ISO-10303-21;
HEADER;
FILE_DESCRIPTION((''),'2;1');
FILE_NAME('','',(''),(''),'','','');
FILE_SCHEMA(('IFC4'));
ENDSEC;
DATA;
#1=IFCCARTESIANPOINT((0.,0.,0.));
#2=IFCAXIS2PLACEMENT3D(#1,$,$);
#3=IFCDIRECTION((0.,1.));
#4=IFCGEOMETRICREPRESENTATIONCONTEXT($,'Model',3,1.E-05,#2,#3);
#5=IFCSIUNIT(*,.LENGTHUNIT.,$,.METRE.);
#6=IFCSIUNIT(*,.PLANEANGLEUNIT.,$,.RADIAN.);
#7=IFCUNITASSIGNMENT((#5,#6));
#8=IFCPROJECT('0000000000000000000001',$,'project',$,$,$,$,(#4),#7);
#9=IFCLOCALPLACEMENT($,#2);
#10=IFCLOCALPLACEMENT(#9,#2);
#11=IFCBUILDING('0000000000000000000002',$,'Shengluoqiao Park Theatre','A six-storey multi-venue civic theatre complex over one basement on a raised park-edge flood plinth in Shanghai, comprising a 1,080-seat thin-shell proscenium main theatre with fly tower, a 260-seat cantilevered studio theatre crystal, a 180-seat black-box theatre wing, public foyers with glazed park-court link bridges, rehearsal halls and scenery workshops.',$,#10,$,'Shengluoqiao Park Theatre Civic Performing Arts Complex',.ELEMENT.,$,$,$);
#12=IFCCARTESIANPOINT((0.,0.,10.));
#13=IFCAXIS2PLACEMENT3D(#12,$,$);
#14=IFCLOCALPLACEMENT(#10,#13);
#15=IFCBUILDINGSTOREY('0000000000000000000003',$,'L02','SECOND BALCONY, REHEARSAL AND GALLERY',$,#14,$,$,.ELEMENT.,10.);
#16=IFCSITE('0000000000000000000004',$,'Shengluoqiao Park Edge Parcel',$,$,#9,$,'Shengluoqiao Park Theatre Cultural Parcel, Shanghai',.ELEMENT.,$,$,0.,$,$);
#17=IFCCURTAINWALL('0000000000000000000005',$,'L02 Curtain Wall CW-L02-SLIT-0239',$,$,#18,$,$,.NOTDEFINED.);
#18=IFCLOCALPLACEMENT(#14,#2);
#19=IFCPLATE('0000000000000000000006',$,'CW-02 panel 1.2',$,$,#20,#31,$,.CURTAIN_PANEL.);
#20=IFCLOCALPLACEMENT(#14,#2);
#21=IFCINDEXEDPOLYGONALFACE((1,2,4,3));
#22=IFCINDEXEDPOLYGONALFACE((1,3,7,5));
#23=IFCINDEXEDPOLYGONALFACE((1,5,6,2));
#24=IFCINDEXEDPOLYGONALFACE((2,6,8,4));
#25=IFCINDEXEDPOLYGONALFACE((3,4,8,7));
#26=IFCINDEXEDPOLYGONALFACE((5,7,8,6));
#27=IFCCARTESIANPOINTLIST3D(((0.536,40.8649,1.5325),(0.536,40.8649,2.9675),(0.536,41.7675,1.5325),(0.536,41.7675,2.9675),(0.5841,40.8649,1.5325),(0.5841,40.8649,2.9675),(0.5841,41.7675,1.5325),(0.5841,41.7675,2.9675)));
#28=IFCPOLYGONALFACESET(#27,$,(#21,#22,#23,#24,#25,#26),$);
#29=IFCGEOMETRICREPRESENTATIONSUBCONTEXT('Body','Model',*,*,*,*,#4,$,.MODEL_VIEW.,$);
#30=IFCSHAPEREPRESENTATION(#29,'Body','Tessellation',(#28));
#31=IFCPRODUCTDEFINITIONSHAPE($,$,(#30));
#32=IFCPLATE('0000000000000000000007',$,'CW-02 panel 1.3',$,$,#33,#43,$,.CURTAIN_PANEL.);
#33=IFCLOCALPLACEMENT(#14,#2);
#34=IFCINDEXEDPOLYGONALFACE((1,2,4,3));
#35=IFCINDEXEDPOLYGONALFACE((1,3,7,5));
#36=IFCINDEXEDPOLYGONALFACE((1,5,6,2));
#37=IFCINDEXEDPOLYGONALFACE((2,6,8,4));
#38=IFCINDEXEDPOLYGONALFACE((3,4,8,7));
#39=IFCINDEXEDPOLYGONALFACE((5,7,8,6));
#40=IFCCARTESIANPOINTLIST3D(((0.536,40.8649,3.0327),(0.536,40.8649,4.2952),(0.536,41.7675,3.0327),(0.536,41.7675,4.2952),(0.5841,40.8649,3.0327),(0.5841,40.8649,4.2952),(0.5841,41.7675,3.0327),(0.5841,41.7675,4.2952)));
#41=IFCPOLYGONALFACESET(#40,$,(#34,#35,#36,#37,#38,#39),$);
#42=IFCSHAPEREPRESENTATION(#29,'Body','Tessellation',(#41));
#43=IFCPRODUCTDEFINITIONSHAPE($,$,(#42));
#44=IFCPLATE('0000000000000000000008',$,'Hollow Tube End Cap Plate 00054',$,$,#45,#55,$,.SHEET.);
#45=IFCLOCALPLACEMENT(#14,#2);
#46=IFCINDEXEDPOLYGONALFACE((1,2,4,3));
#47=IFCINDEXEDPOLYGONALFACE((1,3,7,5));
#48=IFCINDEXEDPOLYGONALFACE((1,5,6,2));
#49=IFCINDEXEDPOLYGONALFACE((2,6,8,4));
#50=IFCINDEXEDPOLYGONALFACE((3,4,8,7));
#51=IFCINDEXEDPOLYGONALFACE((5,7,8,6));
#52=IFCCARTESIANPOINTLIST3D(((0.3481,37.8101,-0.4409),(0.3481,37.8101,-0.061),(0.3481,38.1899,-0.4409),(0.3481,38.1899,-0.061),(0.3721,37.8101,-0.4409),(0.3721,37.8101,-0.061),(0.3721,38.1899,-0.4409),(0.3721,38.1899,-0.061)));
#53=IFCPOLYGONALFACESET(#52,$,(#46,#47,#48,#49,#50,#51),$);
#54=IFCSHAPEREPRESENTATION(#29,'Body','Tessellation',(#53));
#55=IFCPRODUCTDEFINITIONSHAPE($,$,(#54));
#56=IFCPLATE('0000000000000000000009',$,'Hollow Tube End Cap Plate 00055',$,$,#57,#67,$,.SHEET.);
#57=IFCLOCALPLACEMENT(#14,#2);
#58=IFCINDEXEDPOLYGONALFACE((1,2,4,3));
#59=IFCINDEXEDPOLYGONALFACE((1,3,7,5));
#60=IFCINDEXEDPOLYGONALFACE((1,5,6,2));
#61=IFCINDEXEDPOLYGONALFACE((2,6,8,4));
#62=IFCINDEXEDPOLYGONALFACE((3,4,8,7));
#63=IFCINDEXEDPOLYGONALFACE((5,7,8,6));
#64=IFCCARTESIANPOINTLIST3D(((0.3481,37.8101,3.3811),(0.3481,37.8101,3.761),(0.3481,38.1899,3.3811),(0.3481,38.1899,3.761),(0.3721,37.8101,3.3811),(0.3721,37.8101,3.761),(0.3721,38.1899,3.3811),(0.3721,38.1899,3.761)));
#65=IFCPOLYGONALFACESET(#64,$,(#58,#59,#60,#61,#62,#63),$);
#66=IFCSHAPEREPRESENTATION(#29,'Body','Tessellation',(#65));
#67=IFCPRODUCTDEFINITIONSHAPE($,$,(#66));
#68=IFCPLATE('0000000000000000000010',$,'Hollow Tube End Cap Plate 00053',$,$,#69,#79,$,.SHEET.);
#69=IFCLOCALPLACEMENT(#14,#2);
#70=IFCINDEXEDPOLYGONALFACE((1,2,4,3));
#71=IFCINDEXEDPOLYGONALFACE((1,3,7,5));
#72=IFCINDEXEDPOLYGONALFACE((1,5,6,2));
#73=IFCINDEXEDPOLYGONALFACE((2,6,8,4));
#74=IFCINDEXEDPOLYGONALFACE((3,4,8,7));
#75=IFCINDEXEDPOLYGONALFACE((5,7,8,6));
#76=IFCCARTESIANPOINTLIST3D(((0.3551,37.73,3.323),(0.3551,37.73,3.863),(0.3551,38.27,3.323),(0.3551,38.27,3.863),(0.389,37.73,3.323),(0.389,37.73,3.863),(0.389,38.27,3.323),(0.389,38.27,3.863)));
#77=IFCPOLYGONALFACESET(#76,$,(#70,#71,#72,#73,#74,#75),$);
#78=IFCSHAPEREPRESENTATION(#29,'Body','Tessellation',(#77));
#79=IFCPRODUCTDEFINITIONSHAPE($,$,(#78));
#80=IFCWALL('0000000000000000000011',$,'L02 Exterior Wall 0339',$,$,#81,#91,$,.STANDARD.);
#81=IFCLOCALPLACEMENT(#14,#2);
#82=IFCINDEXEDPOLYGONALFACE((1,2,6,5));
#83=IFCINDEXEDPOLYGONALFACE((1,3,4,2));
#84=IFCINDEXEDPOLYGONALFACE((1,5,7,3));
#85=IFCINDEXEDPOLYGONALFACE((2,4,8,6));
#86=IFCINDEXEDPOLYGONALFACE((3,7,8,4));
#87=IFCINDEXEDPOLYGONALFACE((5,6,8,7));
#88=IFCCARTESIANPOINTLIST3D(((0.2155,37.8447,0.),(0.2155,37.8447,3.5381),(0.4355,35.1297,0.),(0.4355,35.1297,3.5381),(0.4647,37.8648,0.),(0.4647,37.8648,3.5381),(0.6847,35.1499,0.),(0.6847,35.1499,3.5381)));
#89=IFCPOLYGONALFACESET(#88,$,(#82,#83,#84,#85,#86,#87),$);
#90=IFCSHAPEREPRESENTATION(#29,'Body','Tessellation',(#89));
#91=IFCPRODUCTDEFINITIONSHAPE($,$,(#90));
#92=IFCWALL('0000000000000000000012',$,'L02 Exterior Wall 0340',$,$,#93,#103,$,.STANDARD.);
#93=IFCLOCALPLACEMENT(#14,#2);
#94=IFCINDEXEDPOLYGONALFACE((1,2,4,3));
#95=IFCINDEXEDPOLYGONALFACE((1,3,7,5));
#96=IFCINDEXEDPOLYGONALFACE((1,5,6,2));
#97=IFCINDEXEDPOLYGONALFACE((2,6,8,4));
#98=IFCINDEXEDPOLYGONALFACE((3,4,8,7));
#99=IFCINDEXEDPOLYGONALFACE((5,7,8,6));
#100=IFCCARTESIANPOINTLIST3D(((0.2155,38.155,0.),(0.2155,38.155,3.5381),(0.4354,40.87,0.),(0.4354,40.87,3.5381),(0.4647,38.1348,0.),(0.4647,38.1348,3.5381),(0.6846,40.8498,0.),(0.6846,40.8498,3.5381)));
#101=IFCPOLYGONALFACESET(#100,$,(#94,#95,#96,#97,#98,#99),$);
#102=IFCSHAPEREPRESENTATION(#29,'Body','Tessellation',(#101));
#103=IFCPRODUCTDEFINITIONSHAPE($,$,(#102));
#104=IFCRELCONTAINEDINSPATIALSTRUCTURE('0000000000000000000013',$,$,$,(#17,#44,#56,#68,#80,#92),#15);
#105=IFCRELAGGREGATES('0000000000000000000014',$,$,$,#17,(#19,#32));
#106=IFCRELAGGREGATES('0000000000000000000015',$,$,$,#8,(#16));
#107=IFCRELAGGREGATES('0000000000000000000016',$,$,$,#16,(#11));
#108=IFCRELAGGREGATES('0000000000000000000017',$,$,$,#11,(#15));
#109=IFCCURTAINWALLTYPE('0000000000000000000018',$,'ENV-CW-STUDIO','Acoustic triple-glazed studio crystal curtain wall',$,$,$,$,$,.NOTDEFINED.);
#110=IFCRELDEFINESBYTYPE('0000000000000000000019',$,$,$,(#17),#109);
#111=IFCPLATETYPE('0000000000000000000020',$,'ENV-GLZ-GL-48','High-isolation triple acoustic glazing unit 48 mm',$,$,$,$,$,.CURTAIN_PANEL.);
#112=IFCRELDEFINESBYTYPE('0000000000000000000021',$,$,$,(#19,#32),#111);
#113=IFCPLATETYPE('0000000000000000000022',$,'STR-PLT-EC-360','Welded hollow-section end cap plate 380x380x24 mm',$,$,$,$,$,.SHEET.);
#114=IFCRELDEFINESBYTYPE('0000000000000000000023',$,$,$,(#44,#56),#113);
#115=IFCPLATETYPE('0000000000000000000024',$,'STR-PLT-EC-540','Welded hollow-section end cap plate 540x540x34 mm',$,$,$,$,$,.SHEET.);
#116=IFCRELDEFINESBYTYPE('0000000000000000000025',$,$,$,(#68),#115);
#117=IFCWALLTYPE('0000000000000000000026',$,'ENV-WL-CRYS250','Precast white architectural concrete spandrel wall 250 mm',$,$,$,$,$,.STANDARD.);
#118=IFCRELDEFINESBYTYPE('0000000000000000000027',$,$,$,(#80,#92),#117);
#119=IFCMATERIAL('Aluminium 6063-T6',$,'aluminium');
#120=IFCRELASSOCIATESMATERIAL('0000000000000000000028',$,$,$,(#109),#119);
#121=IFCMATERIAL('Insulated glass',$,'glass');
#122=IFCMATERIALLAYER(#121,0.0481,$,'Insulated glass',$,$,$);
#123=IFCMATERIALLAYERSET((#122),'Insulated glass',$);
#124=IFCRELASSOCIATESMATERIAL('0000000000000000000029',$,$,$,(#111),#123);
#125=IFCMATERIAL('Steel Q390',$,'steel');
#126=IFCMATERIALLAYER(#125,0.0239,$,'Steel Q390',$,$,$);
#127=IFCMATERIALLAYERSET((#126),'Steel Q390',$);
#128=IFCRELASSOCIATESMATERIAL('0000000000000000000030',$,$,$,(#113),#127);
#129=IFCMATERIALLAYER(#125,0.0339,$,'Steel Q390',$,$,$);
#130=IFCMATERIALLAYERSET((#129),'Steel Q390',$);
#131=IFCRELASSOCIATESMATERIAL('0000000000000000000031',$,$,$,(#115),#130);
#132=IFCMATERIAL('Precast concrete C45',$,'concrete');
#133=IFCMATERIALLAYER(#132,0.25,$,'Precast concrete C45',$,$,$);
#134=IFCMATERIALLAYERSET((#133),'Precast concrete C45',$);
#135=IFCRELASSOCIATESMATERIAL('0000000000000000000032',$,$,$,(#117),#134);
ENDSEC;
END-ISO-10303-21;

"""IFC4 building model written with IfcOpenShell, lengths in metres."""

from ifc_helpers import new_model, si_unit, direction, frame, frame_2d, origin, origin_2d, place, context, subcontext, project, spatial, rectangle, extrude, material, layer, layer_set, type_object, element, aggregate, save


model = new_model("IFC4")

# Units and contexts
model_context = context("Model", 3, precision=1e-05, world=origin(), true_north=direction((0.0, 1.0)))
body_context = subcontext(model_context, "Body", "Model", "MODEL_VIEW")
ifc_project = project(units=[si_unit("LENGTHUNIT", "METRE"), si_unit("PLANEANGLEUNIT", "RADIAN")], contexts=[model_context])

# Site, building, storey
site_placement = place(None, origin())
site = spatial("IfcSite", under=ifc_project, at=site_placement, Name="Shengluoqiao Park Edge Parcel", LongName="Shengluoqiao Park Theatre Cultural Parcel, Shanghai", CompositionType="ELEMENT", RefElevation=0.0)
building_placement = place(site_placement, origin())
building = spatial("IfcBuilding", under=site, at=building_placement, Name="Shengluoqiao Park Theatre", Description="A six-storey multi-venue civic theatre complex over one basement on a raised park-edge flood plinth in Shanghai, comprising a 1,080-seat thin-shell proscenium main theatre with fly tower, a 260-seat cantilevered studio theatre crystal, a 180-seat black-box theatre wing, public foyers with glazed park-court link bridges, rehearsal halls and scenery workshops.", LongName="Shengluoqiao Park Theatre Civic Performing Arts Complex", CompositionType="ELEMENT")
storey_placement = place(building_placement, frame((0.0, 0.0, 10.0)))
storey = spatial("IfcBuildingStorey", under=building, at=storey_placement, Name="L02", Description="SECOND BALCONY, REHEARSAL AND GALLERY", CompositionType="ELEMENT", Elevation=10.0)

# Shared definitions
ifc_material_1 = material(Name="Aluminium 6063-T6", Category="aluminium")
curtain_wall_type = type_object("IfcCurtainWallType", Name="ENV-CW-STUDIO", Description="Acoustic triple-glazed studio crystal curtain wall", PredefinedType="NOTDEFINED", material=ifc_material_1)

# Curtain wall
curtain_wall_1_placement = place(storey_placement, origin())
curtain_wall_1 = element("IfcCurtainWall", 1, at=curtain_wall_1_placement, inside=storey, type_object=curtain_wall_type, Name="L02 Curtain Wall CW-L02-SLIT-0239", PredefinedType="NOTDEFINED")

# Shared definitions
ifc_material_2 = material(Name="Steel Q390", Category="steel")

# Shared definitions
ifc_material_3 = material(Name="Precast concrete C45", Category="concrete")

# Plates
ifc_material_4 = material(Name="Insulated glass", Category="glass")
ifc_layer_1 = layer(ifc_material_4, 0.0481, Name="Insulated glass")
ifc_layer_set_1 = layer_set([ifc_layer_1], Name="Insulated glass")
plate_type_1 = type_object("IfcPlateType", Name="ENV-GLZ-GL-48", Description="High-isolation triple acoustic glazing unit 48 mm", PredefinedType="CURTAIN_PANEL", material=ifc_layer_set_1)
plate_1_placement = place(storey_placement, frame((0.5601, 41.3162, 1.5325), z_axis=(0.0, 0.0, 1.0), x_axis=(0.0, 1.0, 0.0)))
plate_1 = element("IfcPlate", 2, at=plate_1_placement, type_object=plate_type_1, Name="CW-02 panel 1.2", PredefinedType="CURTAIN_PANEL", context=body_context, shape_type="SweptSolid", body=[
    extrude(rectangle(XDim=0.9026, YDim=0.0481, at=origin_2d()), origin(), (0.0, 0.0, 1.0), 1.4351),
])
plate_2_placement = place(storey_placement, frame((0.5601, 41.3162, 3.0327), z_axis=(0.0, 0.0, 1.0), x_axis=(0.0, 1.0, 0.0)))
plate_2 = element("IfcPlate", 3, at=plate_2_placement, type_object=plate_type_1, Name="CW-02 panel 1.3", PredefinedType="CURTAIN_PANEL", context=body_context, shape_type="SweptSolid", body=[
    extrude(rectangle(XDim=0.9026, YDim=0.0481, at=origin_2d()), origin(), (0.0, 0.0, 1.0), 1.2625),
])
aggregate(curtain_wall_1, [plate_1, plate_2])

# Plates
ifc_layer_2 = layer(ifc_material_2, 0.0239, Name="Steel Q390")
ifc_layer_set_2 = layer_set([ifc_layer_2], Name="Steel Q390")
plate_type_2 = type_object("IfcPlateType", Name="STR-PLT-EC-360", Description="Welded hollow-section end cap plate 380x380x24 mm", PredefinedType="SHEET", material=ifc_layer_set_2)
for number, where, z_axis, x_axis, name in (
    (4, (0.3601, 38.0, -0.4409), (0.0, 0.0, 1.0), (1.0, 0.0, 0.0), "Hollow Tube End Cap Plate 00054"),
    (5, (0.3601, 38.0, 3.3811), (0.0, 0.0, 1.0), (1.0, 0.0, 0.0), "Hollow Tube End Cap Plate 00055"),
):
    element("IfcPlate", number, at=place(storey_placement, frame(where, z_axis=z_axis, x_axis=x_axis)), inside=storey, type_object=plate_type_2, Name=name, PredefinedType="SHEET", context=body_context, shape_type="SweptSolid", body=[
        extrude(rectangle(XDim=0.0239, YDim=0.3799, at=origin_2d()), origin(), (0.0, 0.0, 1.0), 0.3799),
    ])
ifc_layer_3 = layer(ifc_material_2, 0.0339, Name="Steel Q390")
ifc_layer_set_3 = layer_set([ifc_layer_3], Name="Steel Q390")
plate_type_3 = type_object("IfcPlateType", Name="STR-PLT-EC-540", Description="Welded hollow-section end cap plate 540x540x34 mm", PredefinedType="SHEET", material=ifc_layer_set_3)
plate_3_placement = place(storey_placement, frame((0.3721, 38.0, 3.323), z_axis=(0.0, 0.0, 1.0), x_axis=(-1.0, 0.0, 0.0)))
element("IfcPlate", 6, at=plate_3_placement, inside=storey, type_object=plate_type_3, Name="Hollow Tube End Cap Plate 00053", PredefinedType="SHEET", context=body_context, shape_type="SweptSolid", body=[
    extrude(rectangle(XDim=0.0339, YDim=0.54, at=origin_2d()), origin(), (0.0, 0.0, 1.0), 0.54),
])

# Walls
ifc_layer_4 = layer(ifc_material_3, 0.25, Name="Precast concrete C45")
ifc_layer_set_4 = layer_set([ifc_layer_4], Name="Precast concrete C45")
wall_type = type_object("IfcWallType", Name="ENV-WL-CRYS250", Description="Precast white architectural concrete spandrel wall 250 mm", PredefinedType="STANDARD", material=ifc_layer_set_4)
for number, where, z_axis, x_axis, name in (
    (7, (0.5601, 35.1399, 0.0), (0.0, 0.0, 1.0), (-0.080753, 0.996734, 0.0), "L02 Exterior Wall 0339"),
    (8, (0.3401, 38.145, 0.0), (0.0, 0.0, 1.0), (0.080753, 0.996734, 0.0), "L02 Exterior Wall 0340"),
):
    element("IfcWall", number, at=place(storey_placement, frame(where, z_axis=z_axis, x_axis=x_axis)), inside=storey, type_object=wall_type, Name=name, PredefinedType="STANDARD", context=body_context, shape_type="SweptSolid", body=[
        extrude(rectangle(XDim=2.7239, YDim=0.25, at=frame_2d((1.3618, 0.0))), origin(), (0.0, 0.0, 1.0), 3.5381),
    ])

save(model, "model.ifc")
